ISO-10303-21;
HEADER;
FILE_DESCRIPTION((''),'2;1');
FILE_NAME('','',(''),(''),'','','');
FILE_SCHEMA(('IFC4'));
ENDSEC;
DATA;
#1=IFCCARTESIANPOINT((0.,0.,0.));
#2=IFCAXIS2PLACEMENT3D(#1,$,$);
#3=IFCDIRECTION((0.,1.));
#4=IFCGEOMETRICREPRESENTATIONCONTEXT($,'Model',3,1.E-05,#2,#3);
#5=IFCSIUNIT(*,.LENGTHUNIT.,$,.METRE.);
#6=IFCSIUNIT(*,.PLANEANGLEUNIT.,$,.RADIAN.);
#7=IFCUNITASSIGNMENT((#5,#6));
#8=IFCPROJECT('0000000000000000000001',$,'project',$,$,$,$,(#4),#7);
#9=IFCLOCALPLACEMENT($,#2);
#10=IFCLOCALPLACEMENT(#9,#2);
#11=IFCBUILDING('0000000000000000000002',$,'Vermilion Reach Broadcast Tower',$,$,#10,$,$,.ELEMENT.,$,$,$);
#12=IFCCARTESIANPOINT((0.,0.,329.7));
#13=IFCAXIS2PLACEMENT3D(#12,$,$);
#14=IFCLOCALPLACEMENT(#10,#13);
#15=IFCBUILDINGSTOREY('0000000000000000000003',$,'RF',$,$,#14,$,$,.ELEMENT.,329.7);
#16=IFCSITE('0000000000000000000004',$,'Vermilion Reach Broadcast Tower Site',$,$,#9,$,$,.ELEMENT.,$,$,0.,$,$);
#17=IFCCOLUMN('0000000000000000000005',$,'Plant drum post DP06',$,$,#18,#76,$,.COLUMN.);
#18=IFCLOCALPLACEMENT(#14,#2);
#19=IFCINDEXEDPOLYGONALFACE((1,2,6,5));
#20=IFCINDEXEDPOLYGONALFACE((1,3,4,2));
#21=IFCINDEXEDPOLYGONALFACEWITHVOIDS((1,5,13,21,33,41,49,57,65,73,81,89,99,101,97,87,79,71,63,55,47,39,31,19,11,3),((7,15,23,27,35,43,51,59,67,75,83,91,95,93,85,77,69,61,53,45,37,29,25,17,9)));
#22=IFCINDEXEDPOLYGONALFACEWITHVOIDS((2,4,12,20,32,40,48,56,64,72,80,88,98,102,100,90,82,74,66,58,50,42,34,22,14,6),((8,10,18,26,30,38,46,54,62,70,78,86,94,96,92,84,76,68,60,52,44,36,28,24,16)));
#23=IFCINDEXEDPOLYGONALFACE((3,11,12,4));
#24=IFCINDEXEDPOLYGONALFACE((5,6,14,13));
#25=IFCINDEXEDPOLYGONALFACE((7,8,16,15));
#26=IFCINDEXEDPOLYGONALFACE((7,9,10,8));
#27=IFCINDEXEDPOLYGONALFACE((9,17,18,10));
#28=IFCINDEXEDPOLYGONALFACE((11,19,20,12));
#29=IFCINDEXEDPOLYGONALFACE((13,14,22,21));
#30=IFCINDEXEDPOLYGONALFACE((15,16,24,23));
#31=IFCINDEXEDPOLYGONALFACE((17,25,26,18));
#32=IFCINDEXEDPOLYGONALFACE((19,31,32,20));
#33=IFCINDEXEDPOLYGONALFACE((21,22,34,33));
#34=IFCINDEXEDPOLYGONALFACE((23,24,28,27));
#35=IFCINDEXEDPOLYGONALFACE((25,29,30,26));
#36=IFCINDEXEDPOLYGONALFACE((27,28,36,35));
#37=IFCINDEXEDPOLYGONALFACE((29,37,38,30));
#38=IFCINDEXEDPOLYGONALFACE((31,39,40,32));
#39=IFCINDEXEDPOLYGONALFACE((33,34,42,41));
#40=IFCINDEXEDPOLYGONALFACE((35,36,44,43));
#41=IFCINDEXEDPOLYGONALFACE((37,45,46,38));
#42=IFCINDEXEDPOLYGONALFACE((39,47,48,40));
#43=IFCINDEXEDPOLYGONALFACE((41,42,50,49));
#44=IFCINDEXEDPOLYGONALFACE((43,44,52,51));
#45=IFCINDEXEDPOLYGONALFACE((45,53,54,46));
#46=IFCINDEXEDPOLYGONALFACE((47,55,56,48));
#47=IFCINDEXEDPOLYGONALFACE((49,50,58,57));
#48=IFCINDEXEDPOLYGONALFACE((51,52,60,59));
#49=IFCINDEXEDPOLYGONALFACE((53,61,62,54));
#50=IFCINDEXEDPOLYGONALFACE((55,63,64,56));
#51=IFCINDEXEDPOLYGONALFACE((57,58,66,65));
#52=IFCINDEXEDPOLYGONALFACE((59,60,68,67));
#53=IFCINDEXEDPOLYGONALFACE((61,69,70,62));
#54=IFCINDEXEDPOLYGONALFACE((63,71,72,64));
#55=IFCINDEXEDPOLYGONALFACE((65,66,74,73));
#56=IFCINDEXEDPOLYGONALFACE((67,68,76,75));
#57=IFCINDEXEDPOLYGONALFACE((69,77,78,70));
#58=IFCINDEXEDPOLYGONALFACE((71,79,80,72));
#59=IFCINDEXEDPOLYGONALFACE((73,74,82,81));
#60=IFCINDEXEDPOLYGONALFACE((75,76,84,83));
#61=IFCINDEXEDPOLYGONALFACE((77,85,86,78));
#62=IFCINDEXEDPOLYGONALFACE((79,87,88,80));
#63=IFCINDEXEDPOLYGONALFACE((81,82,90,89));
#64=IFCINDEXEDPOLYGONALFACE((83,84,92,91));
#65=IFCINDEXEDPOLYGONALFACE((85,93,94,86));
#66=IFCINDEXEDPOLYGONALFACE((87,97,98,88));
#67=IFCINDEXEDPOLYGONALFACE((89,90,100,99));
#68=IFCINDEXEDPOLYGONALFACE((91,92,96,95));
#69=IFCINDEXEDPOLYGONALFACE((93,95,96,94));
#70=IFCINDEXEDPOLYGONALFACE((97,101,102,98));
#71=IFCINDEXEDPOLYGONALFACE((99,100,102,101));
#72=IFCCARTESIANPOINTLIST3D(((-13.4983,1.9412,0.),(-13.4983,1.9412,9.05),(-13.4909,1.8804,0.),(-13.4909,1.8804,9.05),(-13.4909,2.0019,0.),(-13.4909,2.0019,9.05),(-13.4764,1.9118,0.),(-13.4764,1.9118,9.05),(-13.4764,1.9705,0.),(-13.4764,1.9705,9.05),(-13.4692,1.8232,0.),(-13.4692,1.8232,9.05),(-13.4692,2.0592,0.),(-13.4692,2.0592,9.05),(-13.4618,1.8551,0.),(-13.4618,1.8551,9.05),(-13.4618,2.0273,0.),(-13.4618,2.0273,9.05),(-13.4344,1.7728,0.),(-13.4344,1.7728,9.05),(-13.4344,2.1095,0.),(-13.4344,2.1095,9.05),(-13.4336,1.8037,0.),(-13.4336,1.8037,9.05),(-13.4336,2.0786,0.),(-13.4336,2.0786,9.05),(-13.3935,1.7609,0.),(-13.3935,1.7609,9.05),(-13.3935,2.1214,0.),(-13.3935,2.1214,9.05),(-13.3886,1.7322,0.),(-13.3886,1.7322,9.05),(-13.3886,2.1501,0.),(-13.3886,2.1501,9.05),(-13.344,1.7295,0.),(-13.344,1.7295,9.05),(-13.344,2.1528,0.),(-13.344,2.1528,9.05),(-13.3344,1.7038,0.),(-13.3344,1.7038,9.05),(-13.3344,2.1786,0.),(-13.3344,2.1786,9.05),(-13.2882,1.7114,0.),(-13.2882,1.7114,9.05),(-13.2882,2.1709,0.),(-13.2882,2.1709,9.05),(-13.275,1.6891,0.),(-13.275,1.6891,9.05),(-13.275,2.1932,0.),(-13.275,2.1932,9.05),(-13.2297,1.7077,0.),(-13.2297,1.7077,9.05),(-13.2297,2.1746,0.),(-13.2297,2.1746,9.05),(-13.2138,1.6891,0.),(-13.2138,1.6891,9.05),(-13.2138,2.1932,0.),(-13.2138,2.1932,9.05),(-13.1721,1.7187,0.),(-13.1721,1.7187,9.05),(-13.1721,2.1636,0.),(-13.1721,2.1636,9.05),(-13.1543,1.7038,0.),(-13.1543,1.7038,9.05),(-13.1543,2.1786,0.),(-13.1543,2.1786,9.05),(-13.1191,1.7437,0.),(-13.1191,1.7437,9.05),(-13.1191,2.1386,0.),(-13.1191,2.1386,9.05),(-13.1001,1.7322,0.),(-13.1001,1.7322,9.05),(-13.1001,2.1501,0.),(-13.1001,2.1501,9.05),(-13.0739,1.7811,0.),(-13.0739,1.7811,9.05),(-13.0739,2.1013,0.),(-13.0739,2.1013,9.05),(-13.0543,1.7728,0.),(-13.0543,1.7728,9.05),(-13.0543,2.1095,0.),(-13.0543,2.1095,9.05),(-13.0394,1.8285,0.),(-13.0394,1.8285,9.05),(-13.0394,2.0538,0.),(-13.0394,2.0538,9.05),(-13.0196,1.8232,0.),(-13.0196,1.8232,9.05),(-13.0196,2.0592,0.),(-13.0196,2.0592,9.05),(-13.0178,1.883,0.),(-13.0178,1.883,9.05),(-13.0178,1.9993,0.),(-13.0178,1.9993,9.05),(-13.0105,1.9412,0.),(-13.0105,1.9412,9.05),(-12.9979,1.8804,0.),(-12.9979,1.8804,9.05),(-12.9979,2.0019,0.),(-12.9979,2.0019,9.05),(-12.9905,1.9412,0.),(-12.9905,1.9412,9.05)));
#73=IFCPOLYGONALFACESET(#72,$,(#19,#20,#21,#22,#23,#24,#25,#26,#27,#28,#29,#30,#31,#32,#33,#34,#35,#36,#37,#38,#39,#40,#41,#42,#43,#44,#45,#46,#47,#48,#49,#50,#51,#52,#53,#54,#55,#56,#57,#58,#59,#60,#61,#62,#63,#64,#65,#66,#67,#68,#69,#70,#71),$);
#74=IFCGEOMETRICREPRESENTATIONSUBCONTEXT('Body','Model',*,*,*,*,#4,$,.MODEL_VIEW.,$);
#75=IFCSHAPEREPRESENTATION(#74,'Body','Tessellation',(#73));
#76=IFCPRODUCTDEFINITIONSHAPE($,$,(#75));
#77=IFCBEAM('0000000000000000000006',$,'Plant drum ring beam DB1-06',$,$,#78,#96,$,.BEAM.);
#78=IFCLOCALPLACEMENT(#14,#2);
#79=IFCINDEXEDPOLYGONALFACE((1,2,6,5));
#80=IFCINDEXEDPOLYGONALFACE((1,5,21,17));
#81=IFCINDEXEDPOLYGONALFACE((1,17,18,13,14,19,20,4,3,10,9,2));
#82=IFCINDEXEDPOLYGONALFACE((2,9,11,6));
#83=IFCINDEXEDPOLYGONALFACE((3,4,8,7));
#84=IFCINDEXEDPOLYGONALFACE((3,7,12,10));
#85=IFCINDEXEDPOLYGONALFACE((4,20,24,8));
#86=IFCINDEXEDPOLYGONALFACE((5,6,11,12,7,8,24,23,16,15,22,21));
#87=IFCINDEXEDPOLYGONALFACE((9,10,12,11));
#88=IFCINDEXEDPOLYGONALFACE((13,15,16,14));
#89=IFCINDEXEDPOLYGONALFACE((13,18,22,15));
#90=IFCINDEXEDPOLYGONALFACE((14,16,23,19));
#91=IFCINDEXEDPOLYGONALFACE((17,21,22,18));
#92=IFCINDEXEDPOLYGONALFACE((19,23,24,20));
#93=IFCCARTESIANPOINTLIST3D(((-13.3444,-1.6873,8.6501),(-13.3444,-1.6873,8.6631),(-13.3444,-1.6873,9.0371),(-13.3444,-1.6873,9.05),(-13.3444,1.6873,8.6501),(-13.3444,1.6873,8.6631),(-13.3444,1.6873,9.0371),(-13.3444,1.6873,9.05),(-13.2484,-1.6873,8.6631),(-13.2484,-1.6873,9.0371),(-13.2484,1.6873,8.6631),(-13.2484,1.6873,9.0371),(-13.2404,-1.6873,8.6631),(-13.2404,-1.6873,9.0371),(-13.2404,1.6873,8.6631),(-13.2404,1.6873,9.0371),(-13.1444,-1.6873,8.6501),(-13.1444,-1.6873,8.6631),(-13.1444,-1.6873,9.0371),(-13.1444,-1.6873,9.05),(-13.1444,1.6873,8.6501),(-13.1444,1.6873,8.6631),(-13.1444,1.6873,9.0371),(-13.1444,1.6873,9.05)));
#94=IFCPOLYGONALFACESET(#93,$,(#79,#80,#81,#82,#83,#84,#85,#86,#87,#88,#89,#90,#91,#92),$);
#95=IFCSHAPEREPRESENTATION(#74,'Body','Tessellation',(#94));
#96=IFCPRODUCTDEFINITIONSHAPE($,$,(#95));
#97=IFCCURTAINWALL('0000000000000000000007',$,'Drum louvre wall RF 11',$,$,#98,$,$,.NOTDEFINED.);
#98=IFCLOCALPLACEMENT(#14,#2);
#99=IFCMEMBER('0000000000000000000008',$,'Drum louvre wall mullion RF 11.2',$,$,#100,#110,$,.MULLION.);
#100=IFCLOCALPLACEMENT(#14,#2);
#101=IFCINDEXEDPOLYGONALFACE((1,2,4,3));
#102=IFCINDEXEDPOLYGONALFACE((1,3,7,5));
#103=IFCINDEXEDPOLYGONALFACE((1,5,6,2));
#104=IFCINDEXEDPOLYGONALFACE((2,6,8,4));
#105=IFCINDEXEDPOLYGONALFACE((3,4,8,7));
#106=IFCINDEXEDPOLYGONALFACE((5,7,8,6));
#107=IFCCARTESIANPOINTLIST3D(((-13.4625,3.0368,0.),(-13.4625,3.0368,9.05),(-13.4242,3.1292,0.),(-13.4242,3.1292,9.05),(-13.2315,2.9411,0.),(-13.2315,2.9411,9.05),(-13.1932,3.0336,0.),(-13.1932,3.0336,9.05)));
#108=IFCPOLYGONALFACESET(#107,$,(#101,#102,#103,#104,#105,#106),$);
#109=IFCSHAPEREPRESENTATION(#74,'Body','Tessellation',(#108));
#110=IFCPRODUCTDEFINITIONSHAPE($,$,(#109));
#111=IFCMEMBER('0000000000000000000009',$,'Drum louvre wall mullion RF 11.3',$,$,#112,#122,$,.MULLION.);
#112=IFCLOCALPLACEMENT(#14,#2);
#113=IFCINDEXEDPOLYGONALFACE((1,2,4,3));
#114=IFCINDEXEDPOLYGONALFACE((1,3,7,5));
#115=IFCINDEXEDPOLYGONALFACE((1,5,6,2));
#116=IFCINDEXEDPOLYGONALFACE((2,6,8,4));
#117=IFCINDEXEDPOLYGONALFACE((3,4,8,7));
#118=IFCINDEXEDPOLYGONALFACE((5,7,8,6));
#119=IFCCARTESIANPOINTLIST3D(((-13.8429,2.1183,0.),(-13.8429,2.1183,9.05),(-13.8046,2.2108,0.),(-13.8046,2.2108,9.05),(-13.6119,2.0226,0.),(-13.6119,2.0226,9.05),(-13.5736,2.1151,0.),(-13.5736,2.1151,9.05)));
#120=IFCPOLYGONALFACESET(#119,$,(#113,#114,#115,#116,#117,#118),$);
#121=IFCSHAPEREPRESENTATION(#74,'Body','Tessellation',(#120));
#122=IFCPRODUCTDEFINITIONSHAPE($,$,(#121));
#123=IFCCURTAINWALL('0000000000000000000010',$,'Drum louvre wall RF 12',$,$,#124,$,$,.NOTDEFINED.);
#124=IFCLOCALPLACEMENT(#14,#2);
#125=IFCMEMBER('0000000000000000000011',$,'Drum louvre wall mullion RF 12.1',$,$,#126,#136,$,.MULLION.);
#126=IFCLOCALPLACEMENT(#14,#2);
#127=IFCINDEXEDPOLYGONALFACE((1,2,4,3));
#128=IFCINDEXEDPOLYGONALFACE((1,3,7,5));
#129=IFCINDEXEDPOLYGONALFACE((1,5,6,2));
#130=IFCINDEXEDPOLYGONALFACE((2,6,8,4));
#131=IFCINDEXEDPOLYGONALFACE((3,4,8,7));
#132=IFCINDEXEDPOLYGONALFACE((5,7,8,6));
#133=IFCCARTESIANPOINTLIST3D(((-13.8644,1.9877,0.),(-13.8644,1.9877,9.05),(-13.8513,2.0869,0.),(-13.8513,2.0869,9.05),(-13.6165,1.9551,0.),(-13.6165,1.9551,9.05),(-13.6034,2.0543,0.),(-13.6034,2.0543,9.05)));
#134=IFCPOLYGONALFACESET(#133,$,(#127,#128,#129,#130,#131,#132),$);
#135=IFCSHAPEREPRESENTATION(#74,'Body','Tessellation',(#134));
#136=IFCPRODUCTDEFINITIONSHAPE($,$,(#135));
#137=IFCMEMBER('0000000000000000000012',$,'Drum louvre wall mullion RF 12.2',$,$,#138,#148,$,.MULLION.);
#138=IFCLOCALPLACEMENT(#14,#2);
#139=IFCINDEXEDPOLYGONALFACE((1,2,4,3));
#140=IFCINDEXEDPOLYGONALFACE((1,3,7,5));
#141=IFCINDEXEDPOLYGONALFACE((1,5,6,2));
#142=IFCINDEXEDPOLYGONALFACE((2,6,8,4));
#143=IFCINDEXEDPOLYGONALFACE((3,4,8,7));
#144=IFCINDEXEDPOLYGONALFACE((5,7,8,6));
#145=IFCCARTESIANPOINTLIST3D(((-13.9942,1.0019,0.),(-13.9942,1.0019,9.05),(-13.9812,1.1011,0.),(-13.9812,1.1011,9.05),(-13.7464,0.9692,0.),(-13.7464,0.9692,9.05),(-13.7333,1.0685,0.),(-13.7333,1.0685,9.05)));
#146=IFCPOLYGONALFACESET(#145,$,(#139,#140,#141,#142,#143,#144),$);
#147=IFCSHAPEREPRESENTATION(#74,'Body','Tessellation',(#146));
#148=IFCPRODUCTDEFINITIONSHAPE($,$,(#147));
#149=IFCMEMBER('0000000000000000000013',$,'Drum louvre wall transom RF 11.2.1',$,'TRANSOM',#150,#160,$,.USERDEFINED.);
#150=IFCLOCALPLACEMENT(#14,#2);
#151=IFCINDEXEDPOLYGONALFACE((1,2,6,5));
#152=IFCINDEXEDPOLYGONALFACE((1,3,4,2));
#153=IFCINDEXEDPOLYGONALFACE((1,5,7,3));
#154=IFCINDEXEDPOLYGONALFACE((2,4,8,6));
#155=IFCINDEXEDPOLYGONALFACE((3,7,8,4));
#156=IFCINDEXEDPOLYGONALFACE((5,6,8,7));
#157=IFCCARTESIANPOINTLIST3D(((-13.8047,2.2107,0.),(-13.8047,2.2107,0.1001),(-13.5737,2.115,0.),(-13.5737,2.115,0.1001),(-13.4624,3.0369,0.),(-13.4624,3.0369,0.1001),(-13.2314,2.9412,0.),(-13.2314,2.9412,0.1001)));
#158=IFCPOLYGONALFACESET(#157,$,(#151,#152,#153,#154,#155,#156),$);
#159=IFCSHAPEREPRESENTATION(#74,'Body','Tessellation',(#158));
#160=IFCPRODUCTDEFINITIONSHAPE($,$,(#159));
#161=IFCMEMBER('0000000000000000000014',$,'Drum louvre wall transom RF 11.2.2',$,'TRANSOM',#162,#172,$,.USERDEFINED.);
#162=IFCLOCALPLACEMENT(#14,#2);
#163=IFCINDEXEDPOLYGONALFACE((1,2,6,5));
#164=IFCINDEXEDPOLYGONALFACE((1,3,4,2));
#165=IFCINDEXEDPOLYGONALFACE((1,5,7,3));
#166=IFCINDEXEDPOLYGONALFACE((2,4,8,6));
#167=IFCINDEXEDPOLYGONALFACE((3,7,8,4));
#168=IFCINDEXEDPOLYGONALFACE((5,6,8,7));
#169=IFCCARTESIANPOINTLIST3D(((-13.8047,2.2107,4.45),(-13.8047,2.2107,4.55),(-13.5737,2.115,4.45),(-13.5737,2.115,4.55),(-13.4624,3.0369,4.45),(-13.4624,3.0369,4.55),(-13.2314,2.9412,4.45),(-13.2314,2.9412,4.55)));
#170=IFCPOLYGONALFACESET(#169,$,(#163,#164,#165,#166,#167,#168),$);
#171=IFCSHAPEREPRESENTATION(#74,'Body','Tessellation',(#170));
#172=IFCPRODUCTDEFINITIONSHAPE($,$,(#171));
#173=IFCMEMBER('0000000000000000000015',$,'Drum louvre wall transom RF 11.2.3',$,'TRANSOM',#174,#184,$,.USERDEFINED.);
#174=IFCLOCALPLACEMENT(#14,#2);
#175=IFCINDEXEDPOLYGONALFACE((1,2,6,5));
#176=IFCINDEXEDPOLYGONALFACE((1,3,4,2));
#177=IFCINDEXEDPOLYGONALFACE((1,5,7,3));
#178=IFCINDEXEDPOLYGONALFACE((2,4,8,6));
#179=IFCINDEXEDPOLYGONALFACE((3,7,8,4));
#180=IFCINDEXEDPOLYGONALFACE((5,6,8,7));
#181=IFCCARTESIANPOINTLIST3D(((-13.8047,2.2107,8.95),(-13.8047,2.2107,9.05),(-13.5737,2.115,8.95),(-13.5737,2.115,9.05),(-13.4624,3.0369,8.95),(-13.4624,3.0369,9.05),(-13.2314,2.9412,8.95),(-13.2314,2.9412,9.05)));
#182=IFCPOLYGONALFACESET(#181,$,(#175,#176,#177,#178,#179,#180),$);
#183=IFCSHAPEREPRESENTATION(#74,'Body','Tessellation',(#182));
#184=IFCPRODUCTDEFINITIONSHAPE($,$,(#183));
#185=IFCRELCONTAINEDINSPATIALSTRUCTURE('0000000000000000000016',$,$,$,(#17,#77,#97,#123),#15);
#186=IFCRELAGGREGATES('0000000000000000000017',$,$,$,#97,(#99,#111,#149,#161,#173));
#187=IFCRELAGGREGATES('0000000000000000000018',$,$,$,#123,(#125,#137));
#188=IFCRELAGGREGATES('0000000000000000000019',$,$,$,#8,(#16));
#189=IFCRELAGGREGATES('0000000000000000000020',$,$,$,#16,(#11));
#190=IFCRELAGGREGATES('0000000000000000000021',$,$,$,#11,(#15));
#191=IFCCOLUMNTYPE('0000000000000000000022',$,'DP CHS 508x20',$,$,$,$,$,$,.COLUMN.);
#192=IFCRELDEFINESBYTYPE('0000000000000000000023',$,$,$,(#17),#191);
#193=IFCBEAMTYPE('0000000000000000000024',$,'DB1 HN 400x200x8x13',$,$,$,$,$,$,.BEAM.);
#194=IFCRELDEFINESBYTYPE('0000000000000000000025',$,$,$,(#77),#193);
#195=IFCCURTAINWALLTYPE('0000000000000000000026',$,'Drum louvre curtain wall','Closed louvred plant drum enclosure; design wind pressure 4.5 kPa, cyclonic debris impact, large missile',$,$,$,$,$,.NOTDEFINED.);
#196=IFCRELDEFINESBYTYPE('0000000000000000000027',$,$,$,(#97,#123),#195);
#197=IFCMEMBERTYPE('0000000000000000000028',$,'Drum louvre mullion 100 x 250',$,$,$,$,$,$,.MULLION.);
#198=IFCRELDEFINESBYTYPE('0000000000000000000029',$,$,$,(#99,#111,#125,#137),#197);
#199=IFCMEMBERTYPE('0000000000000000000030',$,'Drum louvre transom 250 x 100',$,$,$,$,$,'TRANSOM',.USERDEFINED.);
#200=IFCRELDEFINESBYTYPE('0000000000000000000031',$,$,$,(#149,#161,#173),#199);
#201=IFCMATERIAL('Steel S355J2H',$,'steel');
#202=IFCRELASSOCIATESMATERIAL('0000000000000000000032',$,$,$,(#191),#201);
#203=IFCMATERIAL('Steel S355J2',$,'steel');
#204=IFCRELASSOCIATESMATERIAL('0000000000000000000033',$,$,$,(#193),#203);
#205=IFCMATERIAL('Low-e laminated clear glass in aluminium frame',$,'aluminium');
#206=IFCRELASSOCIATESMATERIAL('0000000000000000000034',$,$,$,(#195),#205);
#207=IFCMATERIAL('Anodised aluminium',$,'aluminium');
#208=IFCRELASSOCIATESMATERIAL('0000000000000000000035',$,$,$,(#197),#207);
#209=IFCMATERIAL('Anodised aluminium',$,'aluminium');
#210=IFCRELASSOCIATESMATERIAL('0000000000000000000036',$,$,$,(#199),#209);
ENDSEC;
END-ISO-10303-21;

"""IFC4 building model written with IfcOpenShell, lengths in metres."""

from ifc_helpers import new_model, si_unit, direction, frame, origin, origin_2d, place, context, subcontext, project, spatial, rectangle, hollow_circle, i_section, extrude, material, material_profile, profile_set, type_object, element, aggregate, save


model = new_model("IFC4")

# Units and contexts
model_context = context("Model", 3, precision=1e-05, world=origin(), true_north=direction((0.0, 1.0)))
body_context = subcontext(model_context, "Body", "Model", "MODEL_VIEW")
ifc_project = project(units=[si_unit("LENGTHUNIT", "METRE"), si_unit("PLANEANGLEUNIT", "RADIAN")], contexts=[model_context])

# Site, building, storey
site_placement = place(None, origin())
site = spatial("IfcSite", under=ifc_project, at=site_placement, Name="Vermilion Reach Broadcast Tower Site", CompositionType="ELEMENT", RefElevation=0.0)
building_placement = place(site_placement, origin())
building = spatial("IfcBuilding", under=site, at=building_placement, Name="Vermilion Reach Broadcast Tower", CompositionType="ELEMENT")
storey_placement = place(building_placement, frame((0.0, 0.0, 329.7)))
storey = spatial("IfcBuildingStorey", under=building, at=storey_placement, Name="RF", CompositionType="ELEMENT", Elevation=329.7)

# Column
ifc_material_1 = material(Name="Steel S355J2H", Category="steel")
ifc_material_profile_1 = material_profile(ifc_material_1, hollow_circle(Radius=0.2539, WallThickness=0.02, at=origin_2d()), Name="S355J2H CHS 508x20")
ifc_profile_set_1 = profile_set([ifc_material_profile_1], Name="Steel S355J2H")
column_type = type_object("IfcColumnType", Name="DP CHS 508x20", PredefinedType="COLUMN", material=ifc_profile_set_1)
column_placement = place(storey_placement, frame((-13.2444, 1.9412, 0.0), z_axis=(0.0, 0.0, 1.0), x_axis=(1.0, 0.0, 0.0)))
element("IfcColumn", 1, at=column_placement, inside=storey, type_object=column_type, Name="Plant drum post DP06", PredefinedType="COLUMN", context=body_context, shape_type="SweptSolid", body=[
    extrude(hollow_circle(Radius=0.2539, WallThickness=0.02, at=origin_2d()), origin(), (0.0, 0.0, 1.0), 9.05),
])

# Beam
ifc_material_2 = material(Name="Steel S355J2", Category="steel")
ifc_material_profile_2 = material_profile(ifc_material_2, i_section(OverallWidth=0.2, OverallDepth=0.3999, WebThickness=0.0081, FlangeThickness=0.0129, at=origin_2d()), Name="S355J2 HN 400x200x8x13")
ifc_profile_set_2 = profile_set([ifc_material_profile_2], Name="Steel S355J2")
beam_type = type_object("IfcBeamType", Name="DB1 HN 400x200x8x13", PredefinedType="BEAM", material=ifc_profile_set_2)
beam_placement = place(storey_placement, frame((-13.2444, 1.6873, 8.8501), z_axis=(0.0, -1.0, 0.0), x_axis=(1.0, 0.0, 0.0)))
element("IfcBeam", 2, at=beam_placement, inside=storey, type_object=beam_type, Name="Plant drum ring beam DB1-06", PredefinedType="BEAM", context=body_context, shape_type="SweptSolid", body=[
    extrude(i_section(OverallWidth=0.2, OverallDepth=0.3999, WebThickness=0.0081, FlangeThickness=0.0129, at=origin_2d()), origin(), (0.0, 0.0, 1.0), 3.3745),
])

# Curtain walls, members
ifc_material_3 = material(Name="Low-e laminated clear glass in aluminium frame", Category="aluminium")
curtain_wall_type = type_object("IfcCurtainWallType", Name="Drum louvre curtain wall", Description="Closed louvred plant drum enclosure; design wind pressure 4.5 kPa, cyclonic debris impact, large missile", PredefinedType="NOTDEFINED", material=ifc_material_3)
placement = place(storey_placement, origin())
curtain_wall_1 = element("IfcCurtainWall", 3, at=placement, inside=storey, type_object=curtain_wall_type, Name="Drum louvre wall RF 11", PredefinedType="NOTDEFINED")
ifc_material_4 = material(Name="Anodised aluminium", Category="aluminium")
ifc_material_profile_3 = material_profile(ifc_material_4, rectangle(XDim=0.25, YDim=0.1001, at=origin_2d()), Name="Drum louvre mullion 100 x 250")
ifc_profile_set_3 = profile_set([ifc_material_profile_3], Name="Anodised aluminium")
member_type_1 = type_object("IfcMemberType", Name="Drum louvre mullion 100 x 250", PredefinedType="MULLION", material=ifc_profile_set_3)
member_1_placement = place(storey_placement, frame((-13.3279, 3.0352, 0.0), z_axis=(0.0, 0.0, 1.0), x_axis=(0.92388, -0.382683, 0.0)))
member_1 = element("IfcMember", 4, at=member_1_placement, type_object=member_type_1, Name="Drum louvre wall mullion RF 11.2", PredefinedType="MULLION", context=body_context, shape_type="SweptSolid", body=[
    extrude(rectangle(XDim=0.25, YDim=0.1001, at=origin_2d()), origin(), (0.0, 0.0, 1.0), 9.05),
])
member_2_placement = place(storey_placement, frame((-13.7083, 2.1167, 0.0), z_axis=(0.0, 0.0, 1.0), x_axis=(0.92388, -0.382683, 0.0)))
member_2 = element("IfcMember", 5, at=member_2_placement, type_object=member_type_1, Name="Drum louvre wall mullion RF 11.3", PredefinedType="MULLION", context=body_context, shape_type="SweptSolid", body=[
    extrude(rectangle(XDim=0.25, YDim=0.1001, at=origin_2d()), origin(), (0.0, 0.0, 1.0), 9.05),
])
curtain_wall_2 = element("IfcCurtainWall", 6, at=placement, inside=storey, type_object=curtain_wall_type, Name="Drum louvre wall RF 12", PredefinedType="NOTDEFINED")
member_3_placement = place(storey_placement, frame((-13.7339, 2.021, 0.0), z_axis=(0.0, 0.0, 1.0), x_axis=(0.991445, -0.130526, 0.0)))
member_3 = element("IfcMember", 7, at=member_3_placement, type_object=member_type_1, Name="Drum louvre wall mullion RF 12.1", PredefinedType="MULLION", context=body_context, shape_type="SweptSolid", body=[
    extrude(rectangle(XDim=0.25, YDim=0.1001, at=origin_2d()), origin(), (0.0, 0.0, 1.0), 9.05),
])
member_4_placement = place(storey_placement, frame((-13.8638, 1.0352, 0.0), z_axis=(0.0, 0.0, 1.0), x_axis=(0.991445, -0.130526, 0.0)))
member_4 = element("IfcMember", 8, at=member_4_placement, type_object=member_type_1, Name="Drum louvre wall mullion RF 12.2", PredefinedType="MULLION", context=body_context, shape_type="SweptSolid", body=[
    extrude(rectangle(XDim=0.25, YDim=0.1001, at=origin_2d()), origin(), (0.0, 0.0, 1.0), 9.05),
])

# Members
ifc_material_5 = material(Name="Anodised aluminium", Category="aluminium")
ifc_material_profile_4 = material_profile(ifc_material_5, rectangle(XDim=0.25, YDim=0.1001, at=origin_2d()), Name="Drum louvre transom 250 x 100")
ifc_profile_set_4 = profile_set([ifc_material_profile_4], Name="Anodised aluminium")
member_type_2 = type_object("IfcMemberType", Name="Drum louvre transom 250 x 100", ElementType="TRANSOM", PredefinedType="USERDEFINED", material=ifc_profile_set_4)
member_5_placement = place(storey_placement, frame((-13.3469, 2.989, 0.05), z_axis=(-0.382754, -0.92385, 0.0), x_axis=(0.92385, -0.382754, 0.0)))
member_5 = element("IfcMember", 9, at=member_5_placement, type_object=member_type_2, Name="Drum louvre wall transom RF 11.2.1", ObjectType="TRANSOM", PredefinedType="USERDEFINED", context=body_context, shape_type="SweptSolid", body=[
    extrude(rectangle(XDim=0.25, YDim=0.1001, at=origin_2d()), origin(), (0.0, 0.0, 1.0), 0.8943),
])
member_6_placement = place(storey_placement, frame((-13.3469, 2.989, 4.5), z_axis=(-0.382754, -0.92385, 0.0), x_axis=(0.92385, -0.382754, 0.0)))
member_6 = element("IfcMember", 10, at=member_6_placement, type_object=member_type_2, Name="Drum louvre wall transom RF 11.2.2", ObjectType="TRANSOM", PredefinedType="USERDEFINED", context=body_context, shape_type="SweptSolid", body=[
    extrude(rectangle(XDim=0.25, YDim=0.1001, at=origin_2d()), origin(), (0.0, 0.0, 1.0), 0.8943),
])
member_7_placement = place(storey_placement, frame((-13.3469, 2.989, 9.0), z_axis=(-0.382754, -0.92385, 0.0), x_axis=(0.92385, -0.382754, 0.0)))
member_7 = element("IfcMember", 11, at=member_7_placement, type_object=member_type_2, Name="Drum louvre wall transom RF 11.2.3", ObjectType="TRANSOM", PredefinedType="USERDEFINED", context=body_context, shape_type="SweptSolid", body=[
    extrude(rectangle(XDim=0.25, YDim=0.1001, at=origin_2d()), origin(), (0.0, 0.0, 1.0), 0.8943),
])

aggregate(curtain_wall_1, [member_1, member_2, member_5, member_6, member_7])
aggregate(curtain_wall_2, [member_3, member_4])

save(model, "model.ifc")
